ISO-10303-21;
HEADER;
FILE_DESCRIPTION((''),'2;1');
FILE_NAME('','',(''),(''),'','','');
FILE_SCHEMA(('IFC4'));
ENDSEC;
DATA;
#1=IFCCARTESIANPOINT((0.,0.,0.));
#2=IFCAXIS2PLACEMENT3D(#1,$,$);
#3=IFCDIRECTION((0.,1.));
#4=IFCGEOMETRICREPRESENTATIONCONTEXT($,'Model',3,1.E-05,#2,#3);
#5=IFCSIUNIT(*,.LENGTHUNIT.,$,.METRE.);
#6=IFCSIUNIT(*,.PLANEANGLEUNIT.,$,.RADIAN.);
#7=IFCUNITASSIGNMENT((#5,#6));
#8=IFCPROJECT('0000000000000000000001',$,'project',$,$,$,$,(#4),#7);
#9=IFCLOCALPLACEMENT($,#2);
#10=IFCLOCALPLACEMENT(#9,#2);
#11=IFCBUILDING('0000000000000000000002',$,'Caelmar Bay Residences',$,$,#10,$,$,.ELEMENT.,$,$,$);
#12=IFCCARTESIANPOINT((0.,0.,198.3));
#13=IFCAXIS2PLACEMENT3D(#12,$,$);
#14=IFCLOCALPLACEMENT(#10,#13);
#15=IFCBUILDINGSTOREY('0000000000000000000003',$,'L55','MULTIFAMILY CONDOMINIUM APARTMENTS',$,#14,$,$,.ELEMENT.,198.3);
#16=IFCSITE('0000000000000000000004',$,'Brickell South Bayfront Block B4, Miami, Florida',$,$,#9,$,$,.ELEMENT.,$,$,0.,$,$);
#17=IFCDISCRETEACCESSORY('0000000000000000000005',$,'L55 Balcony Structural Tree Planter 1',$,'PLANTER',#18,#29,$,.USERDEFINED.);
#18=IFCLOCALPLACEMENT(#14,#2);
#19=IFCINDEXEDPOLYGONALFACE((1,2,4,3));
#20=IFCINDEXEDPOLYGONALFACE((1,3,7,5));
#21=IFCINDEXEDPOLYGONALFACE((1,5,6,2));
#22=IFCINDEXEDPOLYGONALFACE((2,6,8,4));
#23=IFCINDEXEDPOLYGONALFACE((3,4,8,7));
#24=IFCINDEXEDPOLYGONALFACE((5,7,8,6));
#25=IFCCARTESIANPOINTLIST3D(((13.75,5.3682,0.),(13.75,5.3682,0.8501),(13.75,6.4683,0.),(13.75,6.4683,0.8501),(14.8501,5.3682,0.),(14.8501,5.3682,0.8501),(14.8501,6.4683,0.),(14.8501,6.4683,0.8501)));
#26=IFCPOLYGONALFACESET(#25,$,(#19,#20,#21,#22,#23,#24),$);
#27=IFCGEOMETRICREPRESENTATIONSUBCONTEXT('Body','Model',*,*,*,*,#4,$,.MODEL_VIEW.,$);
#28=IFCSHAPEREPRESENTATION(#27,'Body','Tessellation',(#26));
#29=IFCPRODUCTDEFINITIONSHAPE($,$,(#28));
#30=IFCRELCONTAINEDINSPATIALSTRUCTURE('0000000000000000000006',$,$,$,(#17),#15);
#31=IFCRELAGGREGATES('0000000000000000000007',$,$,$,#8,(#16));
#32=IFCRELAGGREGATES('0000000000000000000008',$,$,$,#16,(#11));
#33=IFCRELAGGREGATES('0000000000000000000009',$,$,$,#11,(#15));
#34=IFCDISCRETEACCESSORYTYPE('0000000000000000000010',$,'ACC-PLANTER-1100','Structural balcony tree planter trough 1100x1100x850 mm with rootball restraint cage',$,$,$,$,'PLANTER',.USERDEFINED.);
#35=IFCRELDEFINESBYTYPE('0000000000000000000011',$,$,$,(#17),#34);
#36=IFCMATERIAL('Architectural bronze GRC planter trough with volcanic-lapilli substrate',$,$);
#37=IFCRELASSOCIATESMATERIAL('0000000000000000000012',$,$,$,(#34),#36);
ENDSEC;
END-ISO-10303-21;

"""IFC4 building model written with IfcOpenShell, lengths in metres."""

from ifc_helpers import new_model, si_unit, direction, frame, origin, origin_2d, place, context, subcontext, project, spatial, rectangle, extrude, material, type_object, element, save


model = new_model("IFC4")

# Units and contexts
model_context = context("Model", 3, precision=1e-05, world=origin(), true_north=direction((0.0, 1.0)))
body_context = subcontext(model_context, "Body", "Model", "MODEL_VIEW")
ifc_project = project(units=[si_unit("LENGTHUNIT", "METRE"), si_unit("PLANEANGLEUNIT", "RADIAN")], contexts=[model_context])

# Site, building, storey
site_placement = place(None, origin())
site = spatial("IfcSite", under=ifc_project, at=site_placement, Name="Brickell South Bayfront Block B4, Miami, Florida", CompositionType="ELEMENT", RefElevation=0.0)
building_placement = place(site_placement, origin())
building = spatial("IfcBuilding", under=site, at=building_placement, Name="Caelmar Bay Residences", CompositionType="ELEMENT")
storey_placement = place(building_placement, frame((0.0, 0.0, 198.3)))
storey = spatial("IfcBuildingStorey", under=building, at=storey_placement, Name="L55", Description="MULTIFAMILY CONDOMINIUM APARTMENTS", CompositionType="ELEMENT", Elevation=198.3)

# Discrete accessory
ifc_material_1 = material(Name="Architectural bronze GRC planter trough with volcanic-lapilli substrate")
discrete_accessory_type = type_object("IfcDiscreteAccessoryType", Name="ACC-PLANTER-1100", Description="Structural balcony tree planter trough 1100x1100x850 mm with rootball restraint cage", ElementType="PLANTER", PredefinedType="USERDEFINED", material=ifc_material_1)
discrete_accessory_placement = place(storey_placement, frame((14.3, 5.9182, 0.0), z_axis=(0.0, 0.0, 1.0), x_axis=(1.0, 0.0, 0.0)))
element("IfcDiscreteAccessory", 1, at=discrete_accessory_placement, inside=storey, type_object=discrete_accessory_type, Name="L55 Balcony Structural Tree Planter 1", ObjectType="PLANTER", PredefinedType="USERDEFINED", context=body_context, shape_type="SweptSolid", body=[
    extrude(rectangle(XDim=1.1001, YDim=1.1001, at=origin_2d()), origin(), (0.0, 0.0, 1.0), 0.8501),
])

save(model, "model.ifc")
